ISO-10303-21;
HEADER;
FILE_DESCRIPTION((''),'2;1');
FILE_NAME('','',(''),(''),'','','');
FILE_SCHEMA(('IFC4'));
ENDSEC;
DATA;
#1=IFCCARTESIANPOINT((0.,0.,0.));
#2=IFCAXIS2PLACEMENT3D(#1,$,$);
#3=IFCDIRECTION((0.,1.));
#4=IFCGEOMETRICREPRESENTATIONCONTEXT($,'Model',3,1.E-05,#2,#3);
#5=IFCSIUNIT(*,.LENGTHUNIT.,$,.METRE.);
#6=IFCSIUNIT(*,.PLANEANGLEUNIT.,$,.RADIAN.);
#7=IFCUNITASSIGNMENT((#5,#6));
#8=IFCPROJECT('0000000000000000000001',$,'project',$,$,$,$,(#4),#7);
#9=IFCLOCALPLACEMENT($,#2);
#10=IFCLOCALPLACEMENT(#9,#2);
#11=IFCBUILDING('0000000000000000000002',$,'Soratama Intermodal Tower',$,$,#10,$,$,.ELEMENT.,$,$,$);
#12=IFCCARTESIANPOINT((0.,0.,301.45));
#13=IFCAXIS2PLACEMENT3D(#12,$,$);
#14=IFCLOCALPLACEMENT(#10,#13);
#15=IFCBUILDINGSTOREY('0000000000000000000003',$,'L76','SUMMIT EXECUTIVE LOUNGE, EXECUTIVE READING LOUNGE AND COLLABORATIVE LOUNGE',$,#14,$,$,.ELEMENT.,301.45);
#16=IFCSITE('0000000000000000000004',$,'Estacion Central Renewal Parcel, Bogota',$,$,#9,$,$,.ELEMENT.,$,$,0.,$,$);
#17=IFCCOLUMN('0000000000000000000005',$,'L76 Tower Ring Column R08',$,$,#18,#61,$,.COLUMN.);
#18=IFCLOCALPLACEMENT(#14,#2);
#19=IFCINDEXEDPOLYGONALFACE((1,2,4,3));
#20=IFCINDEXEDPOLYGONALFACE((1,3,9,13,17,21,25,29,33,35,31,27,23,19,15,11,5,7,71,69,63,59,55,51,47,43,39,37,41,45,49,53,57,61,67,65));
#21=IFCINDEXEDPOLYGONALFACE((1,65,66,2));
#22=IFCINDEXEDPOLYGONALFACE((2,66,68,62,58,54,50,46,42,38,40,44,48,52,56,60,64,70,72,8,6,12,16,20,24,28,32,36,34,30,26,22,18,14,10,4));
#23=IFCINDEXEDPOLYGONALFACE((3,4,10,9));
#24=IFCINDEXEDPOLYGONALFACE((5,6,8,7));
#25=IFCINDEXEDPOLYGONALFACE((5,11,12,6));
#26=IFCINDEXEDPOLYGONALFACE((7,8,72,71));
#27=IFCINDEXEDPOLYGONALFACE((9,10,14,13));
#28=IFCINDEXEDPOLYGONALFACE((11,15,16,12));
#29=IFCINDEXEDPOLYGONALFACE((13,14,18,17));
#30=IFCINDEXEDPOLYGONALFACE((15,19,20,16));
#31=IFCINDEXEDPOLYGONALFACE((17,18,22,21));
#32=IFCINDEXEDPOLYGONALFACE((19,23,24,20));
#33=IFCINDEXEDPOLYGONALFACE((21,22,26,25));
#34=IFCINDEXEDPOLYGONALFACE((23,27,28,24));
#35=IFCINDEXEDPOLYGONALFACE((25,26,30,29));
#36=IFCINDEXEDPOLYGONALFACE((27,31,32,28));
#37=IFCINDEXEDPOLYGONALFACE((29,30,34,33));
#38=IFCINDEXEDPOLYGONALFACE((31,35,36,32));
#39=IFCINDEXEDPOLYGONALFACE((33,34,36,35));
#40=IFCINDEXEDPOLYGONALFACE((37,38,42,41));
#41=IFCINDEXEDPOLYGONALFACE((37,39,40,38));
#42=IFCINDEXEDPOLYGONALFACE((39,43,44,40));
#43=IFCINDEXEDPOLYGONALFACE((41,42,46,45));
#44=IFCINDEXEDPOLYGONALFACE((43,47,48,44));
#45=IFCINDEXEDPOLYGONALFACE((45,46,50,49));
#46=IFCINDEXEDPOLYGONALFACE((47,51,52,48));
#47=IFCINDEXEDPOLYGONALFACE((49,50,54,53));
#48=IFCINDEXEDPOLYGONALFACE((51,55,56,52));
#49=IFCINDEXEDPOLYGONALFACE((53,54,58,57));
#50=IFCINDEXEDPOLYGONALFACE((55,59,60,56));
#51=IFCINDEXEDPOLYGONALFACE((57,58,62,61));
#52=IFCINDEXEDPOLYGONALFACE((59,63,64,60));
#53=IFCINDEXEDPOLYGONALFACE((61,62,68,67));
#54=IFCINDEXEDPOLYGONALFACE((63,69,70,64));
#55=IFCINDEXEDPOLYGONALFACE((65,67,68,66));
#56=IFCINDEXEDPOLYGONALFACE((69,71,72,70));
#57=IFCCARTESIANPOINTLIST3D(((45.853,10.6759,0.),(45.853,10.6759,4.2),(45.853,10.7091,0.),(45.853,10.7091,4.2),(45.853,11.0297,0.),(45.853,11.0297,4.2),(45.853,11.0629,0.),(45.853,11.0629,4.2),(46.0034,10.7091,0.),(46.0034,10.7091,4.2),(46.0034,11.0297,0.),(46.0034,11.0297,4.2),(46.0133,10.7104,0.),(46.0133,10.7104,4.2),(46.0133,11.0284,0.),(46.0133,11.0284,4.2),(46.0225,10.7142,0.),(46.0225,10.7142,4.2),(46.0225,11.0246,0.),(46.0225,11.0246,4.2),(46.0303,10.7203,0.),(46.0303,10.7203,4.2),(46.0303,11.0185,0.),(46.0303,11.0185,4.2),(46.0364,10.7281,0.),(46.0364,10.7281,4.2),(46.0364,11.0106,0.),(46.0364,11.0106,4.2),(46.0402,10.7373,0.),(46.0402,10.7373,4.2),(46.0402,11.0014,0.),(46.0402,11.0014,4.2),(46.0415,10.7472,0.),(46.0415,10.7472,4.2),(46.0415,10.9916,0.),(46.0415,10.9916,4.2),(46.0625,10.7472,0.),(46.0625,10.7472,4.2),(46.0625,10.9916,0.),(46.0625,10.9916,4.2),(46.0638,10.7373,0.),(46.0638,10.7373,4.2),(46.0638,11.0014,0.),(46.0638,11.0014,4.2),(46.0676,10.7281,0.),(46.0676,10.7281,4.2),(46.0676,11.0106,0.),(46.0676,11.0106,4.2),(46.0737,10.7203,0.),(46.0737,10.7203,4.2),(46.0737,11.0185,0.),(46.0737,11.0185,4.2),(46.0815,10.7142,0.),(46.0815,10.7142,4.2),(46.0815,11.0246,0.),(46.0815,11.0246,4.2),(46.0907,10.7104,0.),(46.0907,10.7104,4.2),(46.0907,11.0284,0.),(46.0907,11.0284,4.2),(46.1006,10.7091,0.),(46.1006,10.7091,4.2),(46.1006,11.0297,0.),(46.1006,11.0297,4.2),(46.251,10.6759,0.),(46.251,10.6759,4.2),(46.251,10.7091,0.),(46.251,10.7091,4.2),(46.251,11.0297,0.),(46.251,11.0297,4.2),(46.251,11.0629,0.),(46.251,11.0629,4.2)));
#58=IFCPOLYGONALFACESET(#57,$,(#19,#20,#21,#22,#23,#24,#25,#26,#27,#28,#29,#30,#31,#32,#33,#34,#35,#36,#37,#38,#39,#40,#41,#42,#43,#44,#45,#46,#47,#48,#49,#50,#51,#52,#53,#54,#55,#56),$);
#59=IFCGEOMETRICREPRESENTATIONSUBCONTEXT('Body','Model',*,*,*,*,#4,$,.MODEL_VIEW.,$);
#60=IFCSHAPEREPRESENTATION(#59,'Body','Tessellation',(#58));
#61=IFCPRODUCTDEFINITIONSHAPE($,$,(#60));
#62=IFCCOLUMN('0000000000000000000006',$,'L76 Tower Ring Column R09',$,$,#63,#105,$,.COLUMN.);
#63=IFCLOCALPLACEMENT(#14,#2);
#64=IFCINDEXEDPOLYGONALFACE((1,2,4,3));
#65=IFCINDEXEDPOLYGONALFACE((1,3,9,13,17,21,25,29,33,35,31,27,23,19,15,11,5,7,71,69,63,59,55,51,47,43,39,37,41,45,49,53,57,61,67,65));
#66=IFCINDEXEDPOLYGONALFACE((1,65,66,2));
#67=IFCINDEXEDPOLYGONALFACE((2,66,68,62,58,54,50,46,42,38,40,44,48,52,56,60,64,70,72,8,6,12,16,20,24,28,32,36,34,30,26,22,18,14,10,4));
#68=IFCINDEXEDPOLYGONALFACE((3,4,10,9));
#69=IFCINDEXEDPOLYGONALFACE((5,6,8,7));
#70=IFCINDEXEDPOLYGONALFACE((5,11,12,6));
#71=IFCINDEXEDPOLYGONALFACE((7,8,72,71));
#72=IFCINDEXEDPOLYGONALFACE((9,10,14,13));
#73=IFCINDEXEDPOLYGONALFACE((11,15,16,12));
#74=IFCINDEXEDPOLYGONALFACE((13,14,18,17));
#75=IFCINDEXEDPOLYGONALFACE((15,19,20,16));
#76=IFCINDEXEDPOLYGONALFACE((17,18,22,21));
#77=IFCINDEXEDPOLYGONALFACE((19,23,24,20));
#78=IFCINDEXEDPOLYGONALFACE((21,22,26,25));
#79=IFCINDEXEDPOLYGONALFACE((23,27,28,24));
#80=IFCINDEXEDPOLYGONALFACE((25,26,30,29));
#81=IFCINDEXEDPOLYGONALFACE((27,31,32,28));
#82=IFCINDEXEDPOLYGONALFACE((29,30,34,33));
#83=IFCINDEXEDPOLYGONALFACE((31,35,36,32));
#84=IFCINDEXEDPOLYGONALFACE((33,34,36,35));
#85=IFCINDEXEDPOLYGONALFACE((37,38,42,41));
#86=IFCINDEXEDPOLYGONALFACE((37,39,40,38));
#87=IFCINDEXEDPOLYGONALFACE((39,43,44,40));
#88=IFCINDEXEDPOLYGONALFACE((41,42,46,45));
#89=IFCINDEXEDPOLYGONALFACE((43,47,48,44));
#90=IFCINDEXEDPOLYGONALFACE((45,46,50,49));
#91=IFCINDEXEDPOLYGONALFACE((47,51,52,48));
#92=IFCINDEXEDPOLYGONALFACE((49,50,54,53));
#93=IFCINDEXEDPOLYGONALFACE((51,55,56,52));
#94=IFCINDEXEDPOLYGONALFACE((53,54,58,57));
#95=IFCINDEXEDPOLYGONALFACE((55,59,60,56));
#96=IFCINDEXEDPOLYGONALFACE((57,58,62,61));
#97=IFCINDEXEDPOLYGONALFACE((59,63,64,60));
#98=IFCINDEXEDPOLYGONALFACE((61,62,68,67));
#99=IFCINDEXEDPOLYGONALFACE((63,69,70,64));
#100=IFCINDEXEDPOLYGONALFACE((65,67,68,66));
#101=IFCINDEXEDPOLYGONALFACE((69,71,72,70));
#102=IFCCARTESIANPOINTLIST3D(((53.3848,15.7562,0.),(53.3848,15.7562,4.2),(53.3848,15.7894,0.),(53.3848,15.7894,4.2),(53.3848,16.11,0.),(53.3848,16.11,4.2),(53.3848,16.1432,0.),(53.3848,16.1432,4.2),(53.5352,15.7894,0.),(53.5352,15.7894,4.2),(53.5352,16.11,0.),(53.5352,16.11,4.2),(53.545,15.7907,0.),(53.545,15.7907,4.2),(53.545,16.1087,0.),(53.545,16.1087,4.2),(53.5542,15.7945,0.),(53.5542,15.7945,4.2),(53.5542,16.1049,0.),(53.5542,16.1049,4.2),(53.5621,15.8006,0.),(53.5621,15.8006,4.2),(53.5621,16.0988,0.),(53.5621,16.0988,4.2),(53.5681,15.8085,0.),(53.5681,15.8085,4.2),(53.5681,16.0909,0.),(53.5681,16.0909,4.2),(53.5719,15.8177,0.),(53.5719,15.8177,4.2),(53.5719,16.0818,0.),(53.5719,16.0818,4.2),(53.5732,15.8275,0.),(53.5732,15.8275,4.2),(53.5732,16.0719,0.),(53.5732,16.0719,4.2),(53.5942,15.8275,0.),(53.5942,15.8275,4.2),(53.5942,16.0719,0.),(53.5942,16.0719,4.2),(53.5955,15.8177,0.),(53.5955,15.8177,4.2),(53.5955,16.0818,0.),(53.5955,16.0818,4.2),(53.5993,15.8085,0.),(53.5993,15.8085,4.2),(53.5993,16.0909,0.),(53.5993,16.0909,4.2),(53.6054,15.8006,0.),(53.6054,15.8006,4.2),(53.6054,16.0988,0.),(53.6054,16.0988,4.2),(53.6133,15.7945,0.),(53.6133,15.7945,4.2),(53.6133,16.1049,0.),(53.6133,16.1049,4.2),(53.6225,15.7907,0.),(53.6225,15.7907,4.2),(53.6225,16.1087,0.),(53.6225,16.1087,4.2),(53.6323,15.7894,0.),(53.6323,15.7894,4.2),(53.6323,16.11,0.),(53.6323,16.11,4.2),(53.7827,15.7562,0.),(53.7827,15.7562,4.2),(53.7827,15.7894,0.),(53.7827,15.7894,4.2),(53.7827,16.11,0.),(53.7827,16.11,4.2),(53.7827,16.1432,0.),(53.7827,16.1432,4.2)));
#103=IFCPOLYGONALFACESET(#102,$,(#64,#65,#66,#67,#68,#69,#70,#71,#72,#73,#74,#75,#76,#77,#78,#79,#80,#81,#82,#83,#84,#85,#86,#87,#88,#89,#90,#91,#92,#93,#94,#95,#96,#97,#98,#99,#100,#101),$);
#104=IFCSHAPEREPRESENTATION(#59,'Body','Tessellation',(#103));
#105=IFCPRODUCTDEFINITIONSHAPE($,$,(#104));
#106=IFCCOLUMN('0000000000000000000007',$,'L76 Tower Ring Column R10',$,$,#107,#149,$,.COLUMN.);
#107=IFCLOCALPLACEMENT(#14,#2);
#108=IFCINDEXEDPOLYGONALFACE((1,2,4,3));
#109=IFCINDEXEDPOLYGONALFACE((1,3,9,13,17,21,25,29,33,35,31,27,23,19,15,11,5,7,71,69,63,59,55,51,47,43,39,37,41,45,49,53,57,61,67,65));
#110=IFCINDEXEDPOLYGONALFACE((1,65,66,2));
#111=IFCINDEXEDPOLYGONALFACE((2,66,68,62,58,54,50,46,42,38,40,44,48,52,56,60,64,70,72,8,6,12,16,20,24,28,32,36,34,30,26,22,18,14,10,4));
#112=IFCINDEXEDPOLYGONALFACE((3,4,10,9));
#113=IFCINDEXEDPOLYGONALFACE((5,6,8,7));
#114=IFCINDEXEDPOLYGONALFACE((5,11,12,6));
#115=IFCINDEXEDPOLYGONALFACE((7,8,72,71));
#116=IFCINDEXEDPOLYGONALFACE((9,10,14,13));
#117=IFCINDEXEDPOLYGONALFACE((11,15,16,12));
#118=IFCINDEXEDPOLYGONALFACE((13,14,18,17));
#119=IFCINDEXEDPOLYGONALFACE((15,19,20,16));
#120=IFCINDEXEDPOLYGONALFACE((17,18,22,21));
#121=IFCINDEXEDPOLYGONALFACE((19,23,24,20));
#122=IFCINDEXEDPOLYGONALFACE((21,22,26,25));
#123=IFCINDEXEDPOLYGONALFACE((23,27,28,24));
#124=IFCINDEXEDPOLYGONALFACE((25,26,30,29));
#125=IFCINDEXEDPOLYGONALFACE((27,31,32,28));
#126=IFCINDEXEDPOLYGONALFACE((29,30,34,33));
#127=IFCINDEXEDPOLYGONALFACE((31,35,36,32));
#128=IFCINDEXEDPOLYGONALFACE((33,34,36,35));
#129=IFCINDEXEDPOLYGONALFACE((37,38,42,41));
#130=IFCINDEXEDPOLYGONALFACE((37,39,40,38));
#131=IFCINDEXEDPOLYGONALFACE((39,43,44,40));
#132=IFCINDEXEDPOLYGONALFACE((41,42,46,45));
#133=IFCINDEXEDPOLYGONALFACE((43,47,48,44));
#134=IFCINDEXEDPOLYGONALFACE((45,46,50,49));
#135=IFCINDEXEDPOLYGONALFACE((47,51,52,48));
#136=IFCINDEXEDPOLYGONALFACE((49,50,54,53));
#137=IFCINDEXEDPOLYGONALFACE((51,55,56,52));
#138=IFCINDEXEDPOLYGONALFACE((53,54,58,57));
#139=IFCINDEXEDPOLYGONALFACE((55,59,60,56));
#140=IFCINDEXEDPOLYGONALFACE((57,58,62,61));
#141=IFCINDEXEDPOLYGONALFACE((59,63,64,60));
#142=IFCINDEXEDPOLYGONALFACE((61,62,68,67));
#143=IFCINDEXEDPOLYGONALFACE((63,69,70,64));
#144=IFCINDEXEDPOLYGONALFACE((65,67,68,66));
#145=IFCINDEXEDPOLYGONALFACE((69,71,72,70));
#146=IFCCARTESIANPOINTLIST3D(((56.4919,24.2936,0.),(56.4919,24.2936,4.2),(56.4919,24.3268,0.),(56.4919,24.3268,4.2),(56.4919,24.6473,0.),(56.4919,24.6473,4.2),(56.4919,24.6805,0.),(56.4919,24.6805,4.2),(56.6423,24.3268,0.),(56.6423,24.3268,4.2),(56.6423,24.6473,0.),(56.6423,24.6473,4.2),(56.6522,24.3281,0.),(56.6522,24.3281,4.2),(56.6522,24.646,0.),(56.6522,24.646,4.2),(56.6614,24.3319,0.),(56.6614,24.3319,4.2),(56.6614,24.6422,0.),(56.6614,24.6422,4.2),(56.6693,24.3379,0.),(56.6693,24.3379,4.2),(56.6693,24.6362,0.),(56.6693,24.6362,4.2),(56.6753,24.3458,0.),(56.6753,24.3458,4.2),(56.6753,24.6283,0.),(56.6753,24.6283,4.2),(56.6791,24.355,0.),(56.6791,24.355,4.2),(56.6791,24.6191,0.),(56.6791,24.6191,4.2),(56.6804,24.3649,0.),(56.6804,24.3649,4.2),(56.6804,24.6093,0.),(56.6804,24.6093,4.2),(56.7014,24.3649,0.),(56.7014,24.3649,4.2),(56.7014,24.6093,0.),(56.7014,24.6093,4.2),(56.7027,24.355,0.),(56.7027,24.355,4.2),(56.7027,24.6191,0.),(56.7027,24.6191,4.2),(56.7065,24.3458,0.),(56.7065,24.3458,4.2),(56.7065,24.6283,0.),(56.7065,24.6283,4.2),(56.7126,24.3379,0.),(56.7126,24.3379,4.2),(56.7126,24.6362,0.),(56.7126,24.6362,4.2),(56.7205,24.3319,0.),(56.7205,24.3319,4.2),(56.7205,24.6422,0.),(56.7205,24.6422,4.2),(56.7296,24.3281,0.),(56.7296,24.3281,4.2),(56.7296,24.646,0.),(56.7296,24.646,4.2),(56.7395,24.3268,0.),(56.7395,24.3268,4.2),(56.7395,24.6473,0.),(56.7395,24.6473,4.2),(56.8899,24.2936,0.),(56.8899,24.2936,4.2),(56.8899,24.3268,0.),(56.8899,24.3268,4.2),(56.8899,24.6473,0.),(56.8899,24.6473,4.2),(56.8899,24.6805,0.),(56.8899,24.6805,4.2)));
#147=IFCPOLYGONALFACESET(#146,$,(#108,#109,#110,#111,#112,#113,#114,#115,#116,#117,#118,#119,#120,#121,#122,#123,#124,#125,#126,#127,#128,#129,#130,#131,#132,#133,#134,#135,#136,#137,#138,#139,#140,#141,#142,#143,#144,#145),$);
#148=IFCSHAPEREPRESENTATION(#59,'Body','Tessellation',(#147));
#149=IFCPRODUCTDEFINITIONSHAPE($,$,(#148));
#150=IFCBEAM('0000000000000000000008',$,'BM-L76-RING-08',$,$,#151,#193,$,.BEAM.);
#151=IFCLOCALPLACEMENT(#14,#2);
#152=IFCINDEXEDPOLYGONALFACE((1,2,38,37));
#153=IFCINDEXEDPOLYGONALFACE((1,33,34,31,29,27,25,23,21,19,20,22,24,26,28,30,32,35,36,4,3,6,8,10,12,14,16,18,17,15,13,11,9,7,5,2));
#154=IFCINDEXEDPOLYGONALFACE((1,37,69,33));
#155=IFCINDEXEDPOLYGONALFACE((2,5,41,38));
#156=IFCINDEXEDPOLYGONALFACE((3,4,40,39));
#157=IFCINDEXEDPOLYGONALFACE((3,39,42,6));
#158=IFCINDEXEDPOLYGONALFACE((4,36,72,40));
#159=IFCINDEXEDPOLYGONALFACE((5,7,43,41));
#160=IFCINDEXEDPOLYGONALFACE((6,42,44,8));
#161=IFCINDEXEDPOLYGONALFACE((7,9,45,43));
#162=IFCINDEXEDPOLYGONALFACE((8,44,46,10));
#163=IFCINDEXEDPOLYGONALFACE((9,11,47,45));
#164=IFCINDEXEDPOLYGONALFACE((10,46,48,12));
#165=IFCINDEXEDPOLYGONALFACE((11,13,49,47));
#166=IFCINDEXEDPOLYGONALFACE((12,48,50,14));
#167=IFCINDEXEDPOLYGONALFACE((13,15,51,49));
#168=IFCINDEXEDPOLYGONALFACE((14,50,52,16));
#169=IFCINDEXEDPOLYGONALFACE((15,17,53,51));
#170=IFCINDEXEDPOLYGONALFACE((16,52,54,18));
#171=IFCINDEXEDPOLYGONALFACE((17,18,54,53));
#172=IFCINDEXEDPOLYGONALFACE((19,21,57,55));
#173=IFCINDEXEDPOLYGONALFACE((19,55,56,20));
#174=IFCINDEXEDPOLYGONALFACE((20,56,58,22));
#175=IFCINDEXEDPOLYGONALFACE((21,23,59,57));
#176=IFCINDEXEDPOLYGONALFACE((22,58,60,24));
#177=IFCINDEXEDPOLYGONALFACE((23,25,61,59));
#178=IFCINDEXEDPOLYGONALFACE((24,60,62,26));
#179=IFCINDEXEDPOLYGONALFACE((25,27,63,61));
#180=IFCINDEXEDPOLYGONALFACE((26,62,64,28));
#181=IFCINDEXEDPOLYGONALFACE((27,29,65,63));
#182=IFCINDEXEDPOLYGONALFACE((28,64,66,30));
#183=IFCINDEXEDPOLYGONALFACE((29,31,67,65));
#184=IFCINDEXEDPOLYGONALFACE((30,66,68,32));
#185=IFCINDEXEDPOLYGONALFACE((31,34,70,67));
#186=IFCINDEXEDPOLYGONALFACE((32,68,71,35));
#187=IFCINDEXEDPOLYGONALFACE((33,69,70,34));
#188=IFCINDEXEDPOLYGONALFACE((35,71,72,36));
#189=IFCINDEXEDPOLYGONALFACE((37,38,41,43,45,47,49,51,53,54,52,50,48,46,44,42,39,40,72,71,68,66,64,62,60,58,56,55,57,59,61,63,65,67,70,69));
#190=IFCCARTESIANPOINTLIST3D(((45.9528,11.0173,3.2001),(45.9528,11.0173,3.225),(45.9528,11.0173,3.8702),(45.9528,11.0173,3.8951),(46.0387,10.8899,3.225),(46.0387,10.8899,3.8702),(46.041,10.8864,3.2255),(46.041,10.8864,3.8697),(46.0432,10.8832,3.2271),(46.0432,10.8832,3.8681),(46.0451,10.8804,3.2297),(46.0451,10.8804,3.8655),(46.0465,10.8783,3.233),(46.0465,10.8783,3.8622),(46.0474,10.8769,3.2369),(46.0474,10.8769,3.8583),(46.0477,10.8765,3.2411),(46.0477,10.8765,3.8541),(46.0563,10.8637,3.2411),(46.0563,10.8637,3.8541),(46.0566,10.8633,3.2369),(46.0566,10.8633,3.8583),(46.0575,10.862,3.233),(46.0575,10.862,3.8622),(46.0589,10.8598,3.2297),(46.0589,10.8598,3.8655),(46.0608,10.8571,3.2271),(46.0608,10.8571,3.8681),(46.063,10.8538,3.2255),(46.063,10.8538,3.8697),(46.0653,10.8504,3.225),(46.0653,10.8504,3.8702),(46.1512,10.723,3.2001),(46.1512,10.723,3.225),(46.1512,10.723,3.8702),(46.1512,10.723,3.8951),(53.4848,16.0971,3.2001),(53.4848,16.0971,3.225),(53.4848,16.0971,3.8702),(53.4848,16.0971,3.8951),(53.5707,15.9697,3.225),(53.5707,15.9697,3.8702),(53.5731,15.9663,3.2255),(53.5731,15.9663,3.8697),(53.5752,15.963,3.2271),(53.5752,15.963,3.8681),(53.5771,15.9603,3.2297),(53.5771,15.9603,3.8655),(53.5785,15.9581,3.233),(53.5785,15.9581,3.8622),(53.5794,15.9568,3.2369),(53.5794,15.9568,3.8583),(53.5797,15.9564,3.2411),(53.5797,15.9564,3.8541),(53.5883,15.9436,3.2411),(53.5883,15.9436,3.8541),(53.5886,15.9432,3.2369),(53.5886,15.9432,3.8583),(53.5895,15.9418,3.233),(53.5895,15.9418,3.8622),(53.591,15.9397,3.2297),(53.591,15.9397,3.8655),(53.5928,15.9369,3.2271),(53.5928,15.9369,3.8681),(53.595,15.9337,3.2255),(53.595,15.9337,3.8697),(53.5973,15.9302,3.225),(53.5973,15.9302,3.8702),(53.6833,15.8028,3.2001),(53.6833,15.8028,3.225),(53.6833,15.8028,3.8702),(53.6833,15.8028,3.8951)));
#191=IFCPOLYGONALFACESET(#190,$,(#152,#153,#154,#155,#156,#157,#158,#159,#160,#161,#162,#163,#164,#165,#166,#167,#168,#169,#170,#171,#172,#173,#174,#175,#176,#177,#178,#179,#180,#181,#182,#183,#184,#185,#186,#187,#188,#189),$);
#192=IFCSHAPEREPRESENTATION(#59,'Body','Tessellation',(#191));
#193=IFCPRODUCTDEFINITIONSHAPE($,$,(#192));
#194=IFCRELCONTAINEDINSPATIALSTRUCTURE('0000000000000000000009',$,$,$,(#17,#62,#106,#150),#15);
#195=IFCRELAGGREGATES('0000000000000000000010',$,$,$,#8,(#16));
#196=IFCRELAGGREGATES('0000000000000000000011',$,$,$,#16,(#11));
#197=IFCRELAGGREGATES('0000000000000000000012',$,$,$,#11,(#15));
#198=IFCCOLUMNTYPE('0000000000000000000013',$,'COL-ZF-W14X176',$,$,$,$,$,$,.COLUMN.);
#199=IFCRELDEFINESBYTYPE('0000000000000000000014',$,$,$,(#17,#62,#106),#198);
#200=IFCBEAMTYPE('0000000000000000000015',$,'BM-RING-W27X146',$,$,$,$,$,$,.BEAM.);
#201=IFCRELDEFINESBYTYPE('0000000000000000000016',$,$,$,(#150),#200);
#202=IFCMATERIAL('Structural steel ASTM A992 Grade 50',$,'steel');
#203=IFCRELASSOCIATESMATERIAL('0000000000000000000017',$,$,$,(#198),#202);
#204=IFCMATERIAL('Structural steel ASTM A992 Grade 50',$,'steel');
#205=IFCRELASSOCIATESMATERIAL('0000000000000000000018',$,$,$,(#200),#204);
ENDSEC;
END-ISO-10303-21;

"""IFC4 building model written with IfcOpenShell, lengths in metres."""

from ifc_helpers import new_model, si_unit, direction, frame, origin, origin_2d, place, context, subcontext, project, spatial, i_section, extrude, material, material_profile, profile_set, type_object, element, save


model = new_model("IFC4")

# Units and contexts
model_context = context("Model", 3, precision=1e-05, world=origin(), true_north=direction((0.0, 1.0)))
body_context = subcontext(model_context, "Body", "Model", "MODEL_VIEW")
ifc_project = project(units=[si_unit("LENGTHUNIT", "METRE"), si_unit("PLANEANGLEUNIT", "RADIAN")], contexts=[model_context])

# Site, building, storey
site_placement = place(None, origin())
site = spatial("IfcSite", under=ifc_project, at=site_placement, Name="Estacion Central Renewal Parcel, Bogota", CompositionType="ELEMENT", RefElevation=0.0)
building_placement = place(site_placement, origin())
building = spatial("IfcBuilding", under=site, at=building_placement, Name="Soratama Intermodal Tower", CompositionType="ELEMENT")
storey_placement = place(building_placement, frame((0.0, 0.0, 301.45)))
storey = spatial("IfcBuildingStorey", under=building, at=storey_placement, Name="L76", Description="SUMMIT EXECUTIVE LOUNGE, EXECUTIVE READING LOUNGE AND COLLABORATIVE LOUNGE", CompositionType="ELEMENT", Elevation=301.45)

# Columns
ifc_material_1 = material(Name="Structural steel ASTM A992 Grade 50", Category="steel")
ifc_material_profile_1 = material_profile(ifc_material_1, i_section(OverallWidth=0.3979, OverallDepth=0.387, WebThickness=0.021, FlangeThickness=0.0332, FilletRadius=0.0381, at=origin_2d()), Name="W14X176")
ifc_profile_set_1 = profile_set([ifc_material_profile_1], Name="Structural steel ASTM A992 Grade 50")
column_type = type_object("IfcColumnType", Name="COL-ZF-W14X176", PredefinedType="COLUMN", material=ifc_profile_set_1)
for number, where, z_axis, x_axis, name in (
    (1, (46.052, 10.8694, 0.0), (0.0, 0.0, 1.0), (1.0, 0.0, 0.0), "L76 Tower Ring Column R08"),
    (2, (53.5837, 15.9497, 0.0), (0.0, 0.0, 1.0), (1.0, 0.0, 0.0), "L76 Tower Ring Column R09"),
    (3, (56.6909, 24.4871, 0.0), (0.0, 0.0, 1.0), (1.0, 0.0, 0.0), "L76 Tower Ring Column R10"),
):
    element("IfcColumn", number, at=place(storey_placement, frame(where, z_axis=z_axis, x_axis=x_axis)), inside=storey, type_object=column_type, Name=name, PredefinedType="COLUMN", context=body_context, shape_type="SweptSolid", body=[
        extrude(i_section(OverallWidth=0.3979, OverallDepth=0.387, WebThickness=0.021, FlangeThickness=0.0332, FilletRadius=0.0381, at=origin_2d()), origin(), (0.0, 0.0, 1.0), 4.2),
    ])

# Beam
ifc_material_2 = material(Name="Structural steel ASTM A992 Grade 50", Category="steel")
ifc_material_profile_2 = material_profile(ifc_material_2, i_section(OverallWidth=0.355, OverallDepth=0.6951, WebThickness=0.0154, FlangeThickness=0.0249, FilletRadius=0.0161, at=origin_2d()), Name="W27X146")
ifc_profile_set_2 = profile_set([ifc_material_profile_2], Name="Structural steel ASTM A992 Grade 50")
beam_type_1 = type_object("IfcBeamType", Name="BM-RING-W27X146", PredefinedType="BEAM", material=ifc_profile_set_2)
for number, where, z_axis, x_axis, name in (
    (4, (46.052, 10.8701, 3.5476), (0.829066, 0.559151, 0.0), (-0.559151, 0.829066, 0.0), "BM-L76-RING-08"),
):
    element("IfcBeam", number, at=place(storey_placement, frame(where, z_axis=z_axis, x_axis=x_axis)), inside=storey, type_object=beam_type_1, Name=name, PredefinedType="BEAM", context=body_context, shape_type="SweptSolid", body=[
        extrude(i_section(OverallWidth=0.355, OverallDepth=0.6951, WebThickness=0.0154, FlangeThickness=0.0249, FilletRadius=0.0161, at=origin_2d()), origin(), (0.0, 0.0, 1.0), 9.085),
    ])

save(model, "model.ifc")
